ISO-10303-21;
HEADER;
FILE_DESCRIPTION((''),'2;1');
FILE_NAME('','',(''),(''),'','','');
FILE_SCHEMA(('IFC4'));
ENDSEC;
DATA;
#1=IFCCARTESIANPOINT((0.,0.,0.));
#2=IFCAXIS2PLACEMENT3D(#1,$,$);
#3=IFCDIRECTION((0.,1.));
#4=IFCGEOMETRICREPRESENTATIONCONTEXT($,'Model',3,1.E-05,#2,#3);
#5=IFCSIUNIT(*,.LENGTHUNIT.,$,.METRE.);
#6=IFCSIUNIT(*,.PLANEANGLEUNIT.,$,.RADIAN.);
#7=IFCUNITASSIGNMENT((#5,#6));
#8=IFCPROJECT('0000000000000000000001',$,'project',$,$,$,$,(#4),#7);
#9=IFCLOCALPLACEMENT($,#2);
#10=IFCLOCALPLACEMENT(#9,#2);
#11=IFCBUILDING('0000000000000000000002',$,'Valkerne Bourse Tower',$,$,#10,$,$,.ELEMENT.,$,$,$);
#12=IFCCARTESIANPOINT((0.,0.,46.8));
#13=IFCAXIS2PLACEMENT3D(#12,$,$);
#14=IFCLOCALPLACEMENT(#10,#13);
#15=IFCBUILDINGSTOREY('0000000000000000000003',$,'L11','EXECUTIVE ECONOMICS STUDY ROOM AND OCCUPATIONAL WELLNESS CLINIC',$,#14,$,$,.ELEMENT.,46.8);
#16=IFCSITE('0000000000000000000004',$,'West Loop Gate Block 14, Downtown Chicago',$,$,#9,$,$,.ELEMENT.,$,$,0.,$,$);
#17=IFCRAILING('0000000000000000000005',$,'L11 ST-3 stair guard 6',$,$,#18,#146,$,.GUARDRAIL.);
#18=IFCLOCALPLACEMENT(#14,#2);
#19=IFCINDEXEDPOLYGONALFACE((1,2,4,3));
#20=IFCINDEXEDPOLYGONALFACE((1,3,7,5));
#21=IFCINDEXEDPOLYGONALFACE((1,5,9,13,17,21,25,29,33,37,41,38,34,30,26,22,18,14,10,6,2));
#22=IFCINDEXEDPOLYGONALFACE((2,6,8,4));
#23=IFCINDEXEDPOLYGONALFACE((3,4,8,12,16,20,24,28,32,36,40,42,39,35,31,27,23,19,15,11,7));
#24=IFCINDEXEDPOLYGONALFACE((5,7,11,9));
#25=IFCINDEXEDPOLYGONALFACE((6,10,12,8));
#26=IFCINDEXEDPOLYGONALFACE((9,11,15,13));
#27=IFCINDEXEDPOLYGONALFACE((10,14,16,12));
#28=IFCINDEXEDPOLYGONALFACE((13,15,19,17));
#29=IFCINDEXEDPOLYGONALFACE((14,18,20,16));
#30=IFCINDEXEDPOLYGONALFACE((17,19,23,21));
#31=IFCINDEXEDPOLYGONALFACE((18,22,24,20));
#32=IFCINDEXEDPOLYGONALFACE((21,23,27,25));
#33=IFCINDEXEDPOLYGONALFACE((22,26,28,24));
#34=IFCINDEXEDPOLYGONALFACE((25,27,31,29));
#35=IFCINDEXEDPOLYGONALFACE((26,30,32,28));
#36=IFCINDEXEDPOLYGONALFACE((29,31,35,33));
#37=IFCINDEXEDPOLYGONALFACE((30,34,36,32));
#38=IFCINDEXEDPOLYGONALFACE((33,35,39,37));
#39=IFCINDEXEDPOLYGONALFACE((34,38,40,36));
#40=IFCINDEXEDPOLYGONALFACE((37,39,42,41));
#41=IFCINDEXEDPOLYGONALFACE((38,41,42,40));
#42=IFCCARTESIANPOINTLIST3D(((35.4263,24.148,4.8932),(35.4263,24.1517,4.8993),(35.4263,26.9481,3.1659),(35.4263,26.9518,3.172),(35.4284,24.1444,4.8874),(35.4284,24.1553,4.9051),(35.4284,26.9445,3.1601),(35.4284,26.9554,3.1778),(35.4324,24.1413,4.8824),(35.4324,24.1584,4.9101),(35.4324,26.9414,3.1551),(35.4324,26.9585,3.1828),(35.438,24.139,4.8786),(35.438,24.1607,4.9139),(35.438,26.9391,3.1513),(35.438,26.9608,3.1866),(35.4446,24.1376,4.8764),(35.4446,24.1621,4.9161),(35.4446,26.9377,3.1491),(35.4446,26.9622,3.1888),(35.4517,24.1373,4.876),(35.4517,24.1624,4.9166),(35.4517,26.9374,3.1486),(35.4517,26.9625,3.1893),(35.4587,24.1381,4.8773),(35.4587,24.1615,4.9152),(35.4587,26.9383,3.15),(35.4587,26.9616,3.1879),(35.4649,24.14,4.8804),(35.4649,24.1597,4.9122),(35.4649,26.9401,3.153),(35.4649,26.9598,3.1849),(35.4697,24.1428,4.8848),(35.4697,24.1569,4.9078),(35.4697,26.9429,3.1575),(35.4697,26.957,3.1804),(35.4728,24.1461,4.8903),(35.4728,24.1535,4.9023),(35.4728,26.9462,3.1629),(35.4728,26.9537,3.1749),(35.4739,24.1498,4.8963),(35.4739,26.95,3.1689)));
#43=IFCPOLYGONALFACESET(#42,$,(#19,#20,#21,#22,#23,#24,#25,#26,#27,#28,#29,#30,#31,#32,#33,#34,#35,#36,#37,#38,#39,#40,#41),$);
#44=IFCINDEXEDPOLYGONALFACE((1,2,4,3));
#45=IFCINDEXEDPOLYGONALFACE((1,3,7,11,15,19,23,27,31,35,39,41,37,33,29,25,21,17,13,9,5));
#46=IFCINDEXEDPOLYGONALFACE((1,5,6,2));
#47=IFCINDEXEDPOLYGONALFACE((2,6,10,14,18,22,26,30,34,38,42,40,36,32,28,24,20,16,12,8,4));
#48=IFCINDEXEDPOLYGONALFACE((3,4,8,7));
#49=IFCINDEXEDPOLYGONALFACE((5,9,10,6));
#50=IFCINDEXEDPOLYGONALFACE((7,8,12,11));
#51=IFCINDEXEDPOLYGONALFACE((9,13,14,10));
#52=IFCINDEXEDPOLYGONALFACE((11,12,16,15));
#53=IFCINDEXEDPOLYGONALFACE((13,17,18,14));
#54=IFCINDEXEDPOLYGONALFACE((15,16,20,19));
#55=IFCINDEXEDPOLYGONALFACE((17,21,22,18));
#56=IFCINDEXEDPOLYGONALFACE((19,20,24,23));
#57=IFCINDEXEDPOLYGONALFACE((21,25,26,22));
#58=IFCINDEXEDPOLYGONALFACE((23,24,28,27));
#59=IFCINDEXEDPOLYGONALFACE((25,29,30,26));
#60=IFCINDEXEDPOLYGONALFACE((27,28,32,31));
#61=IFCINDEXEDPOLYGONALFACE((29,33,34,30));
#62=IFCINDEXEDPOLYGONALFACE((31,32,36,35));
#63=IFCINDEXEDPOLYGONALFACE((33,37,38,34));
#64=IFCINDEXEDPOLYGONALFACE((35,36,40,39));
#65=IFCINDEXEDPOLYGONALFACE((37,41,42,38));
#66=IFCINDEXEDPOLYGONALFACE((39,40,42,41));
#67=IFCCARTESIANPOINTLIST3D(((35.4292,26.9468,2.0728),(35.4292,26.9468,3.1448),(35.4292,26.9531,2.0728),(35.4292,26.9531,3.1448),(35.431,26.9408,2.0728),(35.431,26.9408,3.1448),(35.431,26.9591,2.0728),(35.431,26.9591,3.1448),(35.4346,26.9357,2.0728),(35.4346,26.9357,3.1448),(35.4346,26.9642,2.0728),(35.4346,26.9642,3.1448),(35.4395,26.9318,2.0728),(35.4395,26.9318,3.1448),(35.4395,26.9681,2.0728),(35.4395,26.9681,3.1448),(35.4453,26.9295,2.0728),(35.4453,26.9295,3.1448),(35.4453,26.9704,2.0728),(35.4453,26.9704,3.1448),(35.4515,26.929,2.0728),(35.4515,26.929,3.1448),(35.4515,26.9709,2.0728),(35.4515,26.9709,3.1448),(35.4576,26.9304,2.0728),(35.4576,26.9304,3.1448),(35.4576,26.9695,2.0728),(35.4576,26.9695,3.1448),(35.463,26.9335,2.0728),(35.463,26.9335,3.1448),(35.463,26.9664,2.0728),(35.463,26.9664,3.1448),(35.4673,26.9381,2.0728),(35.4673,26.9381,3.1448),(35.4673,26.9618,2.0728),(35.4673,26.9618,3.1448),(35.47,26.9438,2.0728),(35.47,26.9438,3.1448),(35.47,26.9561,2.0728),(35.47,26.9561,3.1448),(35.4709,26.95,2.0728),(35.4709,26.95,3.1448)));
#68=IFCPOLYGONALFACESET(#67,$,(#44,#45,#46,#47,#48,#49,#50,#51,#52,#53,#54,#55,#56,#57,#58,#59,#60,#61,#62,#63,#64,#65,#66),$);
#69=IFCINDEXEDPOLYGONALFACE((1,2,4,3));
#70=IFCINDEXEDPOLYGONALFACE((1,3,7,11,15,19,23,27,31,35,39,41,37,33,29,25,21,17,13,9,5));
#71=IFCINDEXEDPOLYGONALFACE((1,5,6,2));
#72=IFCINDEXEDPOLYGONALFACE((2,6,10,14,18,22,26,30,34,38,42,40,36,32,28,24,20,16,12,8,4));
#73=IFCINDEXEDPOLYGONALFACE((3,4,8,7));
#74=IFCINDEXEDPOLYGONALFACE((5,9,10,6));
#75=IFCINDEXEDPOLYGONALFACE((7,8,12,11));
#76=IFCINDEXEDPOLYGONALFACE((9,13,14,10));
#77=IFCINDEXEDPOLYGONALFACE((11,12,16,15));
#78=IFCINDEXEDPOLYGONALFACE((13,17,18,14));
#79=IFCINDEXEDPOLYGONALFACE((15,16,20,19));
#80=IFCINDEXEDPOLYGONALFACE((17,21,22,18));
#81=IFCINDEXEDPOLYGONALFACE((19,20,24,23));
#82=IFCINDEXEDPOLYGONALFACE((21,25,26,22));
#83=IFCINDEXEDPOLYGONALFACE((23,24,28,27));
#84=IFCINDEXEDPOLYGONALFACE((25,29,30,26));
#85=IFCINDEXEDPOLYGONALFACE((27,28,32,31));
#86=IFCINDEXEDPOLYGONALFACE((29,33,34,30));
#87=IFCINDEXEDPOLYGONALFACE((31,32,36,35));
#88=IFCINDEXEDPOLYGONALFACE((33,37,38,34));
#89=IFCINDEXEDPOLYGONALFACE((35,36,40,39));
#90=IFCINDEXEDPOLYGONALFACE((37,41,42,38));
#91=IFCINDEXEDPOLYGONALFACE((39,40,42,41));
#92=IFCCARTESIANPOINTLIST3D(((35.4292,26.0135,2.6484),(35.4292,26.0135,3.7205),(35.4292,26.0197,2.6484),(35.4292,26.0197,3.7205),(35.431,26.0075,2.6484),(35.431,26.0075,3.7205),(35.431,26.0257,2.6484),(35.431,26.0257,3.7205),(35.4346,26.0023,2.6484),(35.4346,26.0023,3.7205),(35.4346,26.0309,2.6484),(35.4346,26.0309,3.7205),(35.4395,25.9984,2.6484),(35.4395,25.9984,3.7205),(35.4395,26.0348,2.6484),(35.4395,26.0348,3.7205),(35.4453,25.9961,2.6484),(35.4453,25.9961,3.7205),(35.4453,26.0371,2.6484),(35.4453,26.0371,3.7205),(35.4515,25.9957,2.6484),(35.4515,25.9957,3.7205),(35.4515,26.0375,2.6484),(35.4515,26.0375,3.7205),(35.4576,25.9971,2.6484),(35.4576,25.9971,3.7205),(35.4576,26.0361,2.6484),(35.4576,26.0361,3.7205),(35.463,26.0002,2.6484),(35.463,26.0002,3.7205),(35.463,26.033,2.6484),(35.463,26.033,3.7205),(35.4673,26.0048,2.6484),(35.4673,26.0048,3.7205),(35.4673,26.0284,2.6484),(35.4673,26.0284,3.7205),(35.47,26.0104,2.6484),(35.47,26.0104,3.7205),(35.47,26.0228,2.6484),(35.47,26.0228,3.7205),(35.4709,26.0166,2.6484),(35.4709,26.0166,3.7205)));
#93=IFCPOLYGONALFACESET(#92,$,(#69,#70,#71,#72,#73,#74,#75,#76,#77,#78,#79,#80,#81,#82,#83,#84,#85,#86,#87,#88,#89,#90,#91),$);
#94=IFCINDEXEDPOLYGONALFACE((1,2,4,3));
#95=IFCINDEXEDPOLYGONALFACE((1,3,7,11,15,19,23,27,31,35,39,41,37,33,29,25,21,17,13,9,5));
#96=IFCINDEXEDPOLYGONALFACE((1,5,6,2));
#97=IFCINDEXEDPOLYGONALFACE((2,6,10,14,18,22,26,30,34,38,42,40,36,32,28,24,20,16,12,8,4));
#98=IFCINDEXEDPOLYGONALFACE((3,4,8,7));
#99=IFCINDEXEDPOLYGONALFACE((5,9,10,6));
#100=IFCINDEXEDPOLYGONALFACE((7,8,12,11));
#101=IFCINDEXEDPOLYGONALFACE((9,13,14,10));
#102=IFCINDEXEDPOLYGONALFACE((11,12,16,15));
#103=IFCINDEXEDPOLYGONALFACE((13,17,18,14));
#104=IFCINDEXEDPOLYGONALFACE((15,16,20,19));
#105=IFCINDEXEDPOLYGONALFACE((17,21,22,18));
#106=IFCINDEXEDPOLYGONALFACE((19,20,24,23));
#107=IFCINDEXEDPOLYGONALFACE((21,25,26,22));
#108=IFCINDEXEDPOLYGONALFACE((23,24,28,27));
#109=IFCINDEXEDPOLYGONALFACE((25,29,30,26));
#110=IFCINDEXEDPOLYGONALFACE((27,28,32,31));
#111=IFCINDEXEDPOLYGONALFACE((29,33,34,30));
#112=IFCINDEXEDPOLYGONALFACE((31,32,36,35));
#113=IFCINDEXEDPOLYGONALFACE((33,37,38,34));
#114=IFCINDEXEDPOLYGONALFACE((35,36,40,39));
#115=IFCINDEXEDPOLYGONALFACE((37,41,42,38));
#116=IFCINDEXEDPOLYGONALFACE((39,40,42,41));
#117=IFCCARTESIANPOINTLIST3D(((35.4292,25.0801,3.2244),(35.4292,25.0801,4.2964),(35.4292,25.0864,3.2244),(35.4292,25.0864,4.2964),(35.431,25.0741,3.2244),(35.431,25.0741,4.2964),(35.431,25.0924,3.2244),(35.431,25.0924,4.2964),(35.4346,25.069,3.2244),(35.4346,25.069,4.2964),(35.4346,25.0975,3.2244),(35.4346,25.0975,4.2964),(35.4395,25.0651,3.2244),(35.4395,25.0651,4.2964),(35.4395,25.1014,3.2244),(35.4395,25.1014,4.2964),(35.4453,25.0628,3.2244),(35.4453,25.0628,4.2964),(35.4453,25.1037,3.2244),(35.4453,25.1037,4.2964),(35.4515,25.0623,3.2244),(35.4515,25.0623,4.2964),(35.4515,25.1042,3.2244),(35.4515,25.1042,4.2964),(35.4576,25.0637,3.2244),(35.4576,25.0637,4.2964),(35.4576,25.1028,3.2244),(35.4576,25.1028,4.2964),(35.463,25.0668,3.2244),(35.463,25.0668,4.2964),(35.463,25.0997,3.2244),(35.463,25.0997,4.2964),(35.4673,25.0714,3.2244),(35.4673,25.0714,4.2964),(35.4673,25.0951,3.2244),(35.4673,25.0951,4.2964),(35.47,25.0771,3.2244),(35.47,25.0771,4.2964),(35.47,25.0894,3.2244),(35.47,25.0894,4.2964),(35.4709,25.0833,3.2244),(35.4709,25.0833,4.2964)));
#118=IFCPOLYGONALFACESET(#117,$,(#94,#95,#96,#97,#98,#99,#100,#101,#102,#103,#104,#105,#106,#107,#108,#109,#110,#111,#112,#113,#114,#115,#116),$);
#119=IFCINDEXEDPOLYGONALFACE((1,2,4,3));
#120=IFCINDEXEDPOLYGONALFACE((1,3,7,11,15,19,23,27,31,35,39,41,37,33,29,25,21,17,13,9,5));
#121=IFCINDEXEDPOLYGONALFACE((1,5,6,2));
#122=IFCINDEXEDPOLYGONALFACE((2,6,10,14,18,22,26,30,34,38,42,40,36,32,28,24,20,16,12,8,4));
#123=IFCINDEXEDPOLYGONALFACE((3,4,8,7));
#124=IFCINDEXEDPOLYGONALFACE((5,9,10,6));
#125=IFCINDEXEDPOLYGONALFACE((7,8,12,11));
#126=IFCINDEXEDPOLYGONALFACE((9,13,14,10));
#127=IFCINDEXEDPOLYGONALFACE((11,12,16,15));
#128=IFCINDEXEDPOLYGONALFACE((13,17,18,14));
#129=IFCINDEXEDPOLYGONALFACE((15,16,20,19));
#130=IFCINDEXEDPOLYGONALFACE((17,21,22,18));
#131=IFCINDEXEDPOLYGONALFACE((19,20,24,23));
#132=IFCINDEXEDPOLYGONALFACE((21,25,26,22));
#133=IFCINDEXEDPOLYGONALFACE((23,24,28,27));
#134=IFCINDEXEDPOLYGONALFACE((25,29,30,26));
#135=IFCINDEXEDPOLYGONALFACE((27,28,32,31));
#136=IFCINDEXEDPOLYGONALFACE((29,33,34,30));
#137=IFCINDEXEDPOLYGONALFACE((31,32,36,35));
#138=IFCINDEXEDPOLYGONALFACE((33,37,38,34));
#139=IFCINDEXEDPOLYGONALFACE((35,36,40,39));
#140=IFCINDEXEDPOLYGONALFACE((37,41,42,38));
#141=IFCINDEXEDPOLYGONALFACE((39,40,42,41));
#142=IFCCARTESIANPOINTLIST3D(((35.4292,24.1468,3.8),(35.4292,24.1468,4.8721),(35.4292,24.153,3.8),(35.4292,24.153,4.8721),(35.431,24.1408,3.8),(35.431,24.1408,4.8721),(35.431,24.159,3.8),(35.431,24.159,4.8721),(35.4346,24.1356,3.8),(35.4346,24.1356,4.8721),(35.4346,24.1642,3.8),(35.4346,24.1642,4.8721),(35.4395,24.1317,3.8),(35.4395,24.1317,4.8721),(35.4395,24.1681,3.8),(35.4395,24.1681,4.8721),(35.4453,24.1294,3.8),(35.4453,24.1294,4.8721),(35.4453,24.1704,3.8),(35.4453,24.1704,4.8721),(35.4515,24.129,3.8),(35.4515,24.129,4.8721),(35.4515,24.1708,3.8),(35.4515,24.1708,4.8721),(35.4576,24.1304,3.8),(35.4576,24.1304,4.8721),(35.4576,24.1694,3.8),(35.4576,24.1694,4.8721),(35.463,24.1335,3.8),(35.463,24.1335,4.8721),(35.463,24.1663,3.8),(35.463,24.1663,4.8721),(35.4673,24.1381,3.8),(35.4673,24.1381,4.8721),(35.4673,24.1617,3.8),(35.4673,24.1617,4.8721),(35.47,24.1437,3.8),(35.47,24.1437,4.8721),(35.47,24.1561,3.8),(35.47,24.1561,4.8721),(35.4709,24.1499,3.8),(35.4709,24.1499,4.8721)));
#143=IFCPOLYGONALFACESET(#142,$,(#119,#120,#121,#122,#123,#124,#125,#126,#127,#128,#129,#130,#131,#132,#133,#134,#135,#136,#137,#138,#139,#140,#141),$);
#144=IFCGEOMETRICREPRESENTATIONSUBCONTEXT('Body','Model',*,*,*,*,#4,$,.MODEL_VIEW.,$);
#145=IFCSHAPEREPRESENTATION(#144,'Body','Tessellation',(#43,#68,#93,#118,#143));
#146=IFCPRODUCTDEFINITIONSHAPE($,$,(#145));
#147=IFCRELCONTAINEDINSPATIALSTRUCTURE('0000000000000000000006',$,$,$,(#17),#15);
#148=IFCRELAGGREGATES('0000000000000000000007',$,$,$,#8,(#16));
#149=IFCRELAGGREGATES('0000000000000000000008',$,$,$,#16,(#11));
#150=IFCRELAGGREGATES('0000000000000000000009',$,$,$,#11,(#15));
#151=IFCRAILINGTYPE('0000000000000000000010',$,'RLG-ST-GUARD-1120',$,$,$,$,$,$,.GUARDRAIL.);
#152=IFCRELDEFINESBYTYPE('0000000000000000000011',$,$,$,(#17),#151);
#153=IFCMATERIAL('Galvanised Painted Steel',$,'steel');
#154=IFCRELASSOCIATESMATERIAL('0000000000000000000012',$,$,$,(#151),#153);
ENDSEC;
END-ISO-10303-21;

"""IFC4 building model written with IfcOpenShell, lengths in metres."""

from ifc_helpers import new_model, si_unit, direction, frame, origin, origin_2d, place, context, subcontext, project, spatial, circle, extrude, material, type_object, element, save


model = new_model("IFC4")

# Units and contexts
model_context = context("Model", 3, precision=1e-05, world=origin(), true_north=direction((0.0, 1.0)))
body_context = subcontext(model_context, "Body", "Model", "MODEL_VIEW")
ifc_project = project(units=[si_unit("LENGTHUNIT", "METRE"), si_unit("PLANEANGLEUNIT", "RADIAN")], contexts=[model_context])

# Site, building, storey
site_placement = place(None, origin())
site = spatial("IfcSite", under=ifc_project, at=site_placement, Name="West Loop Gate Block 14, Downtown Chicago", CompositionType="ELEMENT", RefElevation=0.0)
building_placement = place(site_placement, origin())
building = spatial("IfcBuilding", under=site, at=building_placement, Name="Valkerne Bourse Tower", CompositionType="ELEMENT")
storey_placement = place(building_placement, frame((0.0, 0.0, 46.8)))
storey = spatial("IfcBuildingStorey", under=building, at=storey_placement, Name="L11", Description="EXECUTIVE ECONOMICS STUDY ROOM AND OCCUPATIONAL WELLNESS CLINIC", CompositionType="ELEMENT", Elevation=46.8)

# Shared definitions
ifc_material_1 = material(Name="Galvanised Painted Steel", Category="steel")

# Railing
railing_type_1 = type_object("IfcRailingType", Name="RLG-ST-GUARD-1120", PredefinedType="GUARDRAIL", material=ifc_material_1)
railing_1_placement = place(storey_placement, frame((35.45, 26.95, 2.0728)))
element("IfcRailing", 1, at=railing_1_placement, inside=storey, type_object=railing_type_1, Name="L11 ST-3 stair guard 6", PredefinedType="GUARDRAIL", context=body_context, shape_type="SweptSolid", body=[
    extrude(circle(Radius=0.0239, at=origin_2d()), frame((0.0, 0.0, 1.0962), z_axis=(0.0, -0.85109, 0.52502), x_axis=(1.0, 0.0, 0.0)), (0.0, 0.0, 1.0), 3.29),
    extrude(circle(Radius=0.021, at=origin_2d()), origin(), (0.0, 0.0, 1.0), 1.072),
    extrude(circle(Radius=0.021, at=origin_2d()), frame((0.0, -0.9333, 0.5757)), (0.0, 0.0, 1.0), 1.072),
    extrude(circle(Radius=0.021, at=origin_2d()), frame((0.0, -1.8667, 1.1516)), (0.0, 0.0, 1.0), 1.072),
    extrude(circle(Radius=0.021, at=origin_2d()), frame((0.0, -2.8, 1.7273)), (0.0, 0.0, 1.0), 1.072),
])

save(model, "model.ifc")
